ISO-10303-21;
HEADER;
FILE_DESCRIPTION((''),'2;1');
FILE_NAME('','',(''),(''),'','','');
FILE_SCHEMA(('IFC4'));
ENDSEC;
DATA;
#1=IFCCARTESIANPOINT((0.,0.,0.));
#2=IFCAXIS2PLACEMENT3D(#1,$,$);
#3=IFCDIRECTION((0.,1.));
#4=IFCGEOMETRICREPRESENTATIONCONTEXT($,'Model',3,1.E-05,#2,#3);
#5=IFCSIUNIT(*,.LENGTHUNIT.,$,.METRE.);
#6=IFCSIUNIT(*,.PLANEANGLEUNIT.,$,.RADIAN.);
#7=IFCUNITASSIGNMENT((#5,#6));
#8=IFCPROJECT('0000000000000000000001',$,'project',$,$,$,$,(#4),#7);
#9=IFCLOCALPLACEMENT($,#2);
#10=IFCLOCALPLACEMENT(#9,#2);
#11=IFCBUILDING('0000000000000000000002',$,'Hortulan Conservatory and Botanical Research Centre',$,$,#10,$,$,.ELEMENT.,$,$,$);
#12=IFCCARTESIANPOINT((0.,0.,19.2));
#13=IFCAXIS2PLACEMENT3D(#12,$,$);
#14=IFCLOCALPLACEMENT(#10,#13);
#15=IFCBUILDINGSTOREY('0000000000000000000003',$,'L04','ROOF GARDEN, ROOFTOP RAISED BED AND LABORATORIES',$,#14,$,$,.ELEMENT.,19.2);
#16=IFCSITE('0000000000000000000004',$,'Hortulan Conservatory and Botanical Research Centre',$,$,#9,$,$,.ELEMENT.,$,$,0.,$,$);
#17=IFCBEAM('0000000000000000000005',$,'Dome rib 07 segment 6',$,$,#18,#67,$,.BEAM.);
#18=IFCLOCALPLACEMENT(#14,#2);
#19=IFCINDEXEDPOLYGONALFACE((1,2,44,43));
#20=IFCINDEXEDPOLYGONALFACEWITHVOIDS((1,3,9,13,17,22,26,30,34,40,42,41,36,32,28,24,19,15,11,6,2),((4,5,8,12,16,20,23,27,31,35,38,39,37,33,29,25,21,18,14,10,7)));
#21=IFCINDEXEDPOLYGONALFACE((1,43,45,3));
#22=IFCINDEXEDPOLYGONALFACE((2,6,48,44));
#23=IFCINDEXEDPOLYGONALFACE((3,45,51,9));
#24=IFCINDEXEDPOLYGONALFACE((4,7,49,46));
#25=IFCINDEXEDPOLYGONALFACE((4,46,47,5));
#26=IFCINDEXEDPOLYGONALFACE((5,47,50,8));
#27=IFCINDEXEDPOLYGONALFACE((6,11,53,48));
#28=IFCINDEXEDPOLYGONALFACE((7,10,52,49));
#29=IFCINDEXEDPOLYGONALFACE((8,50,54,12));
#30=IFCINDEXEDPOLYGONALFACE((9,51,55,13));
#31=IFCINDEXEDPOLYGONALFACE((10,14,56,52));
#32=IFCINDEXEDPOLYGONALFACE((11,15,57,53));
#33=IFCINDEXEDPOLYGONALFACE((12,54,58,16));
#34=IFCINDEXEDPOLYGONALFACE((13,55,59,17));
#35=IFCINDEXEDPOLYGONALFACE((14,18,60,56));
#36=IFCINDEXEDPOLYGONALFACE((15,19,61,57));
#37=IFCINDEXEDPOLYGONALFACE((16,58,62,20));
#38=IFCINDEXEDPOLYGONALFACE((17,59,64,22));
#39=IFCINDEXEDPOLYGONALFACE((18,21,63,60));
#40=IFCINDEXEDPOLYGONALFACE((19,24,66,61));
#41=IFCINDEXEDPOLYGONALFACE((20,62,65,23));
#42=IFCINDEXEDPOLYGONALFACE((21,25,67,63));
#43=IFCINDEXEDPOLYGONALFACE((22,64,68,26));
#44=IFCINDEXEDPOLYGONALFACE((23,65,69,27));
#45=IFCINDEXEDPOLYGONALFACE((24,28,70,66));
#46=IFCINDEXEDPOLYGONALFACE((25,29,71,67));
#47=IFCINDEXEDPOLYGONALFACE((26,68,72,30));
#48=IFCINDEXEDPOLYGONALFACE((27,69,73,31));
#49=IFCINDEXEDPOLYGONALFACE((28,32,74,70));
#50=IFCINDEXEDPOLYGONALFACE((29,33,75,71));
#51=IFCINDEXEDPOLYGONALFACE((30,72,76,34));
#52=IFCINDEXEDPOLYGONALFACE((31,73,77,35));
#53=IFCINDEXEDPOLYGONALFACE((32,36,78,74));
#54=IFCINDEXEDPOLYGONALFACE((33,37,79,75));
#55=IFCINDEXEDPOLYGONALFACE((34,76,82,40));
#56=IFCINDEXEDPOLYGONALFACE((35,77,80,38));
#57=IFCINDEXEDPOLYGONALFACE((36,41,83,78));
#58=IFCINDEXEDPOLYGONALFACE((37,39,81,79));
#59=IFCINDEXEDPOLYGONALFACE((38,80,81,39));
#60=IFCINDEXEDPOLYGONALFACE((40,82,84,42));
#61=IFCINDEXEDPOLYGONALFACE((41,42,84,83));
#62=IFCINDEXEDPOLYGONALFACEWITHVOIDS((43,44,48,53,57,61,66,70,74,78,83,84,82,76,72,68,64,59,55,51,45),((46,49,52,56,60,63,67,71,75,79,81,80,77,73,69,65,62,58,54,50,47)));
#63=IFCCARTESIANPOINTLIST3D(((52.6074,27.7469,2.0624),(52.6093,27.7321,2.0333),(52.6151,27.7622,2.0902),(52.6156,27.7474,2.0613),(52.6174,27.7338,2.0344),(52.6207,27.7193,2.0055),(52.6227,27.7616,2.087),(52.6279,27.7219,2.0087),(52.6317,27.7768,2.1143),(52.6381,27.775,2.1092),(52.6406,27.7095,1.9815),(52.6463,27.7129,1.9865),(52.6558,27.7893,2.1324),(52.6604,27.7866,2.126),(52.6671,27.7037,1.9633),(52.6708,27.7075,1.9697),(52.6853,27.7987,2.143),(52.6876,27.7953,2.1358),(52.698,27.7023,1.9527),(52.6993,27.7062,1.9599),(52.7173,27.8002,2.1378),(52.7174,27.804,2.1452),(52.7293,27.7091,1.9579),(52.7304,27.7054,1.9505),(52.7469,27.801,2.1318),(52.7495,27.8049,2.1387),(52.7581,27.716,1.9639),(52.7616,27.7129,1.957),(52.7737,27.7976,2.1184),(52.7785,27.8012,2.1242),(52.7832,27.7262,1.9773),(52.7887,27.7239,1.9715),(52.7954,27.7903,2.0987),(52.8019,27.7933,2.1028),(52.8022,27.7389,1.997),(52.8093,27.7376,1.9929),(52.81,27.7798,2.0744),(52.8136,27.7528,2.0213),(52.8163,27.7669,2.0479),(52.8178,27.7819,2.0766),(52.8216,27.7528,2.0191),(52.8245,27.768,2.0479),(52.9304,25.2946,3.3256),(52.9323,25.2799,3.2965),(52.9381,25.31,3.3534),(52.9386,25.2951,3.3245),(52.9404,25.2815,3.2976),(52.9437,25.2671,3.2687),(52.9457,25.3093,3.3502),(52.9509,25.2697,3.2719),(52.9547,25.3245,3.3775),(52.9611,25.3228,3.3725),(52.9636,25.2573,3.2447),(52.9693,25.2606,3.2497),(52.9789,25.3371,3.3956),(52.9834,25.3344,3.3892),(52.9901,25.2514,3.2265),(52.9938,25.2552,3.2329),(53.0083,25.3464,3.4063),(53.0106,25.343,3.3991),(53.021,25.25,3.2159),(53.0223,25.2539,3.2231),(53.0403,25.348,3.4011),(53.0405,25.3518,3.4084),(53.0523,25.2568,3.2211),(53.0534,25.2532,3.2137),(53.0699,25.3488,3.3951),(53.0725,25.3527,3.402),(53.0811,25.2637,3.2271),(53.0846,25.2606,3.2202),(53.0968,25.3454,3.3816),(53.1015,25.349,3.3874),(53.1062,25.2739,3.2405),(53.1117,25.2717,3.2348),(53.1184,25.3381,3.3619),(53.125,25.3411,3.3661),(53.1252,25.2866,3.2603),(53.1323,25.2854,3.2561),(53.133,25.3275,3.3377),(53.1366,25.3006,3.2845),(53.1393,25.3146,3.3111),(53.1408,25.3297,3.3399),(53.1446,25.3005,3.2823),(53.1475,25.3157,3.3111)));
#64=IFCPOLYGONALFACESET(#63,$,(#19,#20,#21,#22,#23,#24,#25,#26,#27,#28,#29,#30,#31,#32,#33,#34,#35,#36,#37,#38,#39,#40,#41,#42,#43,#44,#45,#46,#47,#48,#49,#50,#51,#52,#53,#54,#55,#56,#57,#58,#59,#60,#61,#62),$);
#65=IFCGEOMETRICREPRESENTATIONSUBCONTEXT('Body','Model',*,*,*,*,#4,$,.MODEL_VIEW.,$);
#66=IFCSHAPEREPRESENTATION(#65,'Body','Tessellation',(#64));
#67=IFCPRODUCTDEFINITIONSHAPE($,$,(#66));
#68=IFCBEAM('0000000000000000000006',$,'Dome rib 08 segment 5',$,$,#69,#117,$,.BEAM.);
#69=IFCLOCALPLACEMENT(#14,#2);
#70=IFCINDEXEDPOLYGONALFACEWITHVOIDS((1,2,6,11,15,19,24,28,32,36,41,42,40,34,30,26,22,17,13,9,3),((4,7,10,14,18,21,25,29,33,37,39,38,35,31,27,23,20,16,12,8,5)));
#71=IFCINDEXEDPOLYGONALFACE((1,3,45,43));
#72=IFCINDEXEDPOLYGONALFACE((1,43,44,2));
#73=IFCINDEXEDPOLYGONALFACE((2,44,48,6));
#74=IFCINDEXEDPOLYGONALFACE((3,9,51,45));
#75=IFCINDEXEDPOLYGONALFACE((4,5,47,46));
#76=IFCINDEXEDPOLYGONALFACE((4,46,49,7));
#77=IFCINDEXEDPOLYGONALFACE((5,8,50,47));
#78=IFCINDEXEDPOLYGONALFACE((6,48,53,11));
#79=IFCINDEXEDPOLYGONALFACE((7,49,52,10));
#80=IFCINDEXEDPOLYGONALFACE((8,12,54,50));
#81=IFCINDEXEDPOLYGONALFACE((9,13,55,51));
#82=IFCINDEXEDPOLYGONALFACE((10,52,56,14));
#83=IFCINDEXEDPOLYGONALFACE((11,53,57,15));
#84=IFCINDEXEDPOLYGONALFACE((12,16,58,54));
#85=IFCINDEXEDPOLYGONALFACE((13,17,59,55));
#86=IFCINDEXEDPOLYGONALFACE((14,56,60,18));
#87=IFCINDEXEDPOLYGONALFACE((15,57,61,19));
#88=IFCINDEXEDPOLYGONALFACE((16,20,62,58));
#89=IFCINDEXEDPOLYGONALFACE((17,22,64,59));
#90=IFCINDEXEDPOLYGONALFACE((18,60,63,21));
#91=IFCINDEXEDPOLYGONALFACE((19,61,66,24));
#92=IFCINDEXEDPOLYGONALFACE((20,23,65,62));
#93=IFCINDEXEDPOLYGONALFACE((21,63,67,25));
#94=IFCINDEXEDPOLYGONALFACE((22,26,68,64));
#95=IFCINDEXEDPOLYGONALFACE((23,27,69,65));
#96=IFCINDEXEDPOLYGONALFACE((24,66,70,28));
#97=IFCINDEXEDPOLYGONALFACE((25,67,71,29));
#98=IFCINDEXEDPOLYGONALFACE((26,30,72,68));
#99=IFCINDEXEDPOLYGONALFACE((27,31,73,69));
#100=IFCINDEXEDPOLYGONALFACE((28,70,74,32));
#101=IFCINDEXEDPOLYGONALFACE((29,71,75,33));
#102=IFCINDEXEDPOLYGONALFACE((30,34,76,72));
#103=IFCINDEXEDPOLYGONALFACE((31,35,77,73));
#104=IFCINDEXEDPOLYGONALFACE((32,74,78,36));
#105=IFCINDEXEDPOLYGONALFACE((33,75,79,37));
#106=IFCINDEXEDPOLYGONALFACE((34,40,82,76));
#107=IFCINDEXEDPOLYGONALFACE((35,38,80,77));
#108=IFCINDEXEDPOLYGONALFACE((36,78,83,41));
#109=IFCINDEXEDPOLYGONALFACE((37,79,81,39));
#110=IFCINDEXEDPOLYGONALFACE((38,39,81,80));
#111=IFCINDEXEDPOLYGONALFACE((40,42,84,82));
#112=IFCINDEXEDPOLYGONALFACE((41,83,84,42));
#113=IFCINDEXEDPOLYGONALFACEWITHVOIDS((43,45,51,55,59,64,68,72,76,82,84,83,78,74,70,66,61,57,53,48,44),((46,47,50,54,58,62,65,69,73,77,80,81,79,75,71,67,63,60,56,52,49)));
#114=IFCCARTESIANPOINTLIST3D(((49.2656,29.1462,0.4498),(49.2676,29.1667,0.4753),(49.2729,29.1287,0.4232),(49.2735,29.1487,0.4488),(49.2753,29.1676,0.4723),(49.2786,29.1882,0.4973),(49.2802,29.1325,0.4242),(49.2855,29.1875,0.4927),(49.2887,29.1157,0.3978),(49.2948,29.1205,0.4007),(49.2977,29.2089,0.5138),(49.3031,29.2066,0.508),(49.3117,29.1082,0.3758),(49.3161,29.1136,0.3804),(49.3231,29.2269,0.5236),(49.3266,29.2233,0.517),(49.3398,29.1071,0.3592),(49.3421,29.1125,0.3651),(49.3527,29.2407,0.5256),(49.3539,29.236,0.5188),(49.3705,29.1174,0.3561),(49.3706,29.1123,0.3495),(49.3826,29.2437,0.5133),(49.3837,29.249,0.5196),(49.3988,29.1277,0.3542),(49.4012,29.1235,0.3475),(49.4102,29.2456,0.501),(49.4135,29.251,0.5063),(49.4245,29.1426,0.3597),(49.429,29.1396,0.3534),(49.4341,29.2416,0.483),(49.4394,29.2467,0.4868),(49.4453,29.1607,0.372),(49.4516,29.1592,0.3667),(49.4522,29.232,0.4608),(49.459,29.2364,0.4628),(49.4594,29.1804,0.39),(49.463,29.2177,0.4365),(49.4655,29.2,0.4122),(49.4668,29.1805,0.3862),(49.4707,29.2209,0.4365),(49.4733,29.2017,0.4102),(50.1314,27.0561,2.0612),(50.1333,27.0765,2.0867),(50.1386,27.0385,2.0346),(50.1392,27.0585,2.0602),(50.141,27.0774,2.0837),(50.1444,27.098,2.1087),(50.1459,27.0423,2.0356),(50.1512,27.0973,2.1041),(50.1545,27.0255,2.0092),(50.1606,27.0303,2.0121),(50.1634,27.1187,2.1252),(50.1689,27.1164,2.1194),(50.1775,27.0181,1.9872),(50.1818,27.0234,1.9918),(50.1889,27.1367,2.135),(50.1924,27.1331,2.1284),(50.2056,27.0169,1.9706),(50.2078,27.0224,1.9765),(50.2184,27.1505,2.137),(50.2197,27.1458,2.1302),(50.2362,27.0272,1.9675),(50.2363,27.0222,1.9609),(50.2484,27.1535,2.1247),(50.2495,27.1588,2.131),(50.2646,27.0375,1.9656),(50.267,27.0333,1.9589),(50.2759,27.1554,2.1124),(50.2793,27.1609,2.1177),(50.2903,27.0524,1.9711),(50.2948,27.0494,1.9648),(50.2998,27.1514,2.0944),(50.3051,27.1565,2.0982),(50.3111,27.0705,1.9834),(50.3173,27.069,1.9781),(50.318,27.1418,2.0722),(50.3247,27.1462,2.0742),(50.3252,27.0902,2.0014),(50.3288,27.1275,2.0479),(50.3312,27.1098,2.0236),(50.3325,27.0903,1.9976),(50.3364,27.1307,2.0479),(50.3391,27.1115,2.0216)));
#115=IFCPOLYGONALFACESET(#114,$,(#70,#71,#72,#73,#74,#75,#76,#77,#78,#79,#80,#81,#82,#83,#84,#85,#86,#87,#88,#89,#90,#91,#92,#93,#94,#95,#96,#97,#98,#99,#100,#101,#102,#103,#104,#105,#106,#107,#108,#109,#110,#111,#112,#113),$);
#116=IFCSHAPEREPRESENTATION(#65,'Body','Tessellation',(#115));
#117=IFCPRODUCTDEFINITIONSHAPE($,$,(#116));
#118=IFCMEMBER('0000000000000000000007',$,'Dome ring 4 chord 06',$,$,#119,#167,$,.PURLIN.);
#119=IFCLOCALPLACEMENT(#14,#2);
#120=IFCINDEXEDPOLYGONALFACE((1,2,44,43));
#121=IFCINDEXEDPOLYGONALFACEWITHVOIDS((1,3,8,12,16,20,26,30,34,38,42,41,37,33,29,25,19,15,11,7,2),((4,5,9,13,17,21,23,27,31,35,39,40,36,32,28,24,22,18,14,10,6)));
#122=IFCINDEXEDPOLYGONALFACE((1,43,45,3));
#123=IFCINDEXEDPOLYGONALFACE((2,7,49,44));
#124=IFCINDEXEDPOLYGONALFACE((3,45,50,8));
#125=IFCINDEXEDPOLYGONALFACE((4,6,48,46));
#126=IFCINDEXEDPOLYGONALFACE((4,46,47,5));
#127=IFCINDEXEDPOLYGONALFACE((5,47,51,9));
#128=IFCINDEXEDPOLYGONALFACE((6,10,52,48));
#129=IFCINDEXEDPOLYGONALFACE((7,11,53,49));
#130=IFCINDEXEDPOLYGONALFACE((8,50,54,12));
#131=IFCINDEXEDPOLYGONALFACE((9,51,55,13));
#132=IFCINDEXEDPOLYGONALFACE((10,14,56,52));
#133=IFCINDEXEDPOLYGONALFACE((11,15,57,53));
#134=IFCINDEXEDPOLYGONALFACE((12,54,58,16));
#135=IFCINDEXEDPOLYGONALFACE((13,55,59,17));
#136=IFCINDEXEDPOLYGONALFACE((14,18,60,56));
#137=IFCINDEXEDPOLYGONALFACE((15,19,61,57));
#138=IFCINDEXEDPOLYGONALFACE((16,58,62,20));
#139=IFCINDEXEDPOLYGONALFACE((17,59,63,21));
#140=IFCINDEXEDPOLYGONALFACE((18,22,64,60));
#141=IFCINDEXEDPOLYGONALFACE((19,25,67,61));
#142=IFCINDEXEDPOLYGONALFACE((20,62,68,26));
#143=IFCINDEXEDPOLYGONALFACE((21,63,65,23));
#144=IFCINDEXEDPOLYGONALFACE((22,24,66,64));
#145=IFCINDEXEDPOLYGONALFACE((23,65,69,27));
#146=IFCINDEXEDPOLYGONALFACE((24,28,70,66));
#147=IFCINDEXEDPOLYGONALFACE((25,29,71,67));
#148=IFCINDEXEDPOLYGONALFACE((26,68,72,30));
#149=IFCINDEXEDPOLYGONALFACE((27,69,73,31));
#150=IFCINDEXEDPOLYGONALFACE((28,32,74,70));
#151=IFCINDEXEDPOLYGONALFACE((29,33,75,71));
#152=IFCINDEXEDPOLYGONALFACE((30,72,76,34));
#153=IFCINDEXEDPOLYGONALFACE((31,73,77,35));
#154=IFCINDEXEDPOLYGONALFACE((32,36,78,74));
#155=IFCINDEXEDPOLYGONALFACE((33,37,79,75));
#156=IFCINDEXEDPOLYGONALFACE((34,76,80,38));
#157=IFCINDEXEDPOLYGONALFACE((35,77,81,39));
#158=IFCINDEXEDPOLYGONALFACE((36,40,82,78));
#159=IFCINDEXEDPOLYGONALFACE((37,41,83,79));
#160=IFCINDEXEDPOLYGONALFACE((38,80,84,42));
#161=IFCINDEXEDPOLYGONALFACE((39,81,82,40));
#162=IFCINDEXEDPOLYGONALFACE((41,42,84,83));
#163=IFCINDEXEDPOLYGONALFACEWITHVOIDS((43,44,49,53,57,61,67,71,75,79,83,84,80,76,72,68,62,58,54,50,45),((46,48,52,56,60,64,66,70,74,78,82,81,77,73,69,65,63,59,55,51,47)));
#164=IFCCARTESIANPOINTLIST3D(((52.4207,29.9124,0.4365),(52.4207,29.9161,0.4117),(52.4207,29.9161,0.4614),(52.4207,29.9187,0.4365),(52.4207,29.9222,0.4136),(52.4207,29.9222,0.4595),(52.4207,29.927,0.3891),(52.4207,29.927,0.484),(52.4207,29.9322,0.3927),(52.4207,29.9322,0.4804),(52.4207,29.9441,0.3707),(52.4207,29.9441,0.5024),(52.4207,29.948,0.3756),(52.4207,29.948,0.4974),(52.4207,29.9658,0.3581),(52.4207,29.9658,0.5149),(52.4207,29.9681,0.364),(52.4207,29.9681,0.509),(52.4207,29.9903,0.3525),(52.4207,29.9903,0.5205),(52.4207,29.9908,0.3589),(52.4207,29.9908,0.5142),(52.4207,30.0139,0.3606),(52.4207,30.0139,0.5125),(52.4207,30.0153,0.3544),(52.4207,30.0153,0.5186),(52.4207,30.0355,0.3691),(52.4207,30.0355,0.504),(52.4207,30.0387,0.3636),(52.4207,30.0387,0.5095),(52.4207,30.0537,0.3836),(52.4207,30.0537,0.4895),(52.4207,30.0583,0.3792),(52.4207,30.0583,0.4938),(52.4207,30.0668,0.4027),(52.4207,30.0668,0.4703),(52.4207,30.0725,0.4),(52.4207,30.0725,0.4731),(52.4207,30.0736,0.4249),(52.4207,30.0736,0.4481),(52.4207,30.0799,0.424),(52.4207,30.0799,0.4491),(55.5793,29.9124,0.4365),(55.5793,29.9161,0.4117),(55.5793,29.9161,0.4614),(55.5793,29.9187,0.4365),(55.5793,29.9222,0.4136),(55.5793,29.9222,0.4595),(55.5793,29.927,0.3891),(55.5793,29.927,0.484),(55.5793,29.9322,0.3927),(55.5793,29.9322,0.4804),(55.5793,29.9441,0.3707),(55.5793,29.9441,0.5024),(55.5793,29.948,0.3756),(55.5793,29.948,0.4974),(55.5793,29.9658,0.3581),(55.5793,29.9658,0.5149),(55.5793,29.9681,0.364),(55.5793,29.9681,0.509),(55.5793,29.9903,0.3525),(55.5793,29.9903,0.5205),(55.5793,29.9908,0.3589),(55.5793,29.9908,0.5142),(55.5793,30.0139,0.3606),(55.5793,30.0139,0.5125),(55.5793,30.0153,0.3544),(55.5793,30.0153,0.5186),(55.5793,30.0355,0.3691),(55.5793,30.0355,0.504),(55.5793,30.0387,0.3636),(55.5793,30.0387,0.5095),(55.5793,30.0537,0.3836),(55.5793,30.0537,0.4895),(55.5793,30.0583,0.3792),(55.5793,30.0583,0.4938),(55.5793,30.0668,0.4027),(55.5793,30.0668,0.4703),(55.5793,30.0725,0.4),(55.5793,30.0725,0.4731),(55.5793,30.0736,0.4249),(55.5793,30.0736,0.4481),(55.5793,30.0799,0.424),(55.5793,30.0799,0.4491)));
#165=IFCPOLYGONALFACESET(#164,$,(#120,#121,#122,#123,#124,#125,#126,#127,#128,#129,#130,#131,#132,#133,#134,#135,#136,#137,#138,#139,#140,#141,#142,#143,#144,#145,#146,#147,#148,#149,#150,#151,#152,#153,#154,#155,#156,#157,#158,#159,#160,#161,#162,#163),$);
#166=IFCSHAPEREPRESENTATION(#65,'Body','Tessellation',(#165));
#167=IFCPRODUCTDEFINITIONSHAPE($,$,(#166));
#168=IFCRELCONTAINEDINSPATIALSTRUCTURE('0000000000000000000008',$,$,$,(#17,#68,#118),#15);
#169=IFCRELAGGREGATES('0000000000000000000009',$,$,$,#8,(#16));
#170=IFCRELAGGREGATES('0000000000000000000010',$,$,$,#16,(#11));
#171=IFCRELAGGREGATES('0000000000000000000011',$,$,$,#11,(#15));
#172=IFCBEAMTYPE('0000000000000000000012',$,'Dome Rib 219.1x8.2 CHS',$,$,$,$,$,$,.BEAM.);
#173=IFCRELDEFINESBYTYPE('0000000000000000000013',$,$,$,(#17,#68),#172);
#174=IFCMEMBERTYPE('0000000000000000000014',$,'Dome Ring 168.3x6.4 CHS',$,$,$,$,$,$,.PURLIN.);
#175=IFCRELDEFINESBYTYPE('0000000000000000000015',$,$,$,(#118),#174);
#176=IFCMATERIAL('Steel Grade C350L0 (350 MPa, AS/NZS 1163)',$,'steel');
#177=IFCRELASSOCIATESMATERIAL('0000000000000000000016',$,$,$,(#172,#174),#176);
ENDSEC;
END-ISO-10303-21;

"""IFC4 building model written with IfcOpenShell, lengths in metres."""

from ifc_helpers import new_model, si_unit, direction, frame, origin, origin_2d, place, context, subcontext, project, spatial, hollow_circle, extrude, material, material_profile, profile_set, type_object, element, save


model = new_model("IFC4")

# Units and contexts
model_context = context("Model", 3, precision=1e-05, world=origin(), true_north=direction((0.0, 1.0)))
body_context = subcontext(model_context, "Body", "Model", "MODEL_VIEW")
ifc_project = project(units=[si_unit("LENGTHUNIT", "METRE"), si_unit("PLANEANGLEUNIT", "RADIAN")], contexts=[model_context])

# Site, building, storey
site_placement = place(None, origin())
site = spatial("IfcSite", under=ifc_project, at=site_placement, Name="Hortulan Conservatory and Botanical Research Centre", CompositionType="ELEMENT", RefElevation=0.0)
building_placement = place(site_placement, origin())
building = spatial("IfcBuilding", under=site, at=building_placement, Name="Hortulan Conservatory and Botanical Research Centre", CompositionType="ELEMENT")
storey_placement = place(building_placement, frame((0.0, 0.0, 19.2)))
storey = spatial("IfcBuildingStorey", under=building, at=storey_placement, Name="L04", Description="ROOF GARDEN, ROOFTOP RAISED BED AND LABORATORIES", CompositionType="ELEMENT", Elevation=19.2)

# Beams
ifc_material_1 = material(Name="Steel Grade C350L0 (350 MPa, AS/NZS 1163)", Category="steel")
ifc_material_profile_1 = material_profile(ifc_material_1, hollow_circle(Radius=0.1096, WallThickness=0.0083, at=origin_2d()), Name="219.1x8.2CHS")
ifc_profile_set_1 = profile_set([ifc_material_profile_1], Name="Steel Grade C350L0 (350 MPa, AS/NZS 1163)")
beam_type = type_object("IfcBeamType", Name="Dome Rib 219.1x8.2 CHS", PredefinedType="BEAM", material=ifc_profile_set_1)
for number, where, z_axis, x_axis, name in (
    (1, (52.7158, 27.7537, 2.0479), (0.116302, -0.882948, 0.454836), (0.991436, 0.130592, 0.0), "Dome rib 07 segment 6"),
):
    element("IfcBeam", number, at=place(storey_placement, frame(where, z_axis=z_axis, x_axis=x_axis)), inside=storey, type_object=beam_type, Name=name, PredefinedType="BEAM", context=body_context, shape_type="SweptSolid", body=[
        extrude(hollow_circle(Radius=0.1096, WallThickness=0.0083, at=origin_2d()), origin(), (0.0, 0.0, 1.0), 2.7773),
    ])
beam_placement = place(storey_placement, frame((49.3694, 29.179, 0.4365), z_axis=(0.311695, -0.752516, 0.580143), x_axis=(0.923883, 0.382676, 0.0)))
element("IfcBeam", 2, at=beam_placement, inside=storey, type_object=beam_type, Name="Dome rib 08 segment 5", PredefinedType="BEAM", context=body_context, shape_type="SweptSolid", body=[
    extrude(hollow_circle(Radius=0.1096, WallThickness=0.0083, at=origin_2d()), origin(), (0.0, 0.0, 1.0), 2.7776),
])

# Member
ifc_material_profile_2 = material_profile(ifc_material_1, hollow_circle(Radius=0.0842, WallThickness=0.0063, at=origin_2d()), Name="168.3x6.4CHS")
ifc_profile_set_2 = profile_set([ifc_material_profile_2], Name="Steel Grade C350L0 (350 MPa, AS/NZS 1163)")
member_type_1 = type_object("IfcMemberType", Name="Dome Ring 168.3x6.4 CHS", PredefinedType="PURLIN", material=ifc_profile_set_2)
member_1_placement = place(storey_placement, frame((55.5793, 29.9966, 0.4365), z_axis=(-1.0, 0.0, 0.0), x_axis=(0.0, -1.0, 0.0)))
element("IfcMember", 3, at=member_1_placement, inside=storey, type_object=member_type_1, Name="Dome ring 4 chord 06", PredefinedType="PURLIN", context=body_context, shape_type="SweptSolid", body=[
    extrude(hollow_circle(Radius=0.0842, WallThickness=0.0063, at=origin_2d()), origin(), (0.0, 0.0, 1.0), 3.1587),
])

save(model, "model.ifc")
